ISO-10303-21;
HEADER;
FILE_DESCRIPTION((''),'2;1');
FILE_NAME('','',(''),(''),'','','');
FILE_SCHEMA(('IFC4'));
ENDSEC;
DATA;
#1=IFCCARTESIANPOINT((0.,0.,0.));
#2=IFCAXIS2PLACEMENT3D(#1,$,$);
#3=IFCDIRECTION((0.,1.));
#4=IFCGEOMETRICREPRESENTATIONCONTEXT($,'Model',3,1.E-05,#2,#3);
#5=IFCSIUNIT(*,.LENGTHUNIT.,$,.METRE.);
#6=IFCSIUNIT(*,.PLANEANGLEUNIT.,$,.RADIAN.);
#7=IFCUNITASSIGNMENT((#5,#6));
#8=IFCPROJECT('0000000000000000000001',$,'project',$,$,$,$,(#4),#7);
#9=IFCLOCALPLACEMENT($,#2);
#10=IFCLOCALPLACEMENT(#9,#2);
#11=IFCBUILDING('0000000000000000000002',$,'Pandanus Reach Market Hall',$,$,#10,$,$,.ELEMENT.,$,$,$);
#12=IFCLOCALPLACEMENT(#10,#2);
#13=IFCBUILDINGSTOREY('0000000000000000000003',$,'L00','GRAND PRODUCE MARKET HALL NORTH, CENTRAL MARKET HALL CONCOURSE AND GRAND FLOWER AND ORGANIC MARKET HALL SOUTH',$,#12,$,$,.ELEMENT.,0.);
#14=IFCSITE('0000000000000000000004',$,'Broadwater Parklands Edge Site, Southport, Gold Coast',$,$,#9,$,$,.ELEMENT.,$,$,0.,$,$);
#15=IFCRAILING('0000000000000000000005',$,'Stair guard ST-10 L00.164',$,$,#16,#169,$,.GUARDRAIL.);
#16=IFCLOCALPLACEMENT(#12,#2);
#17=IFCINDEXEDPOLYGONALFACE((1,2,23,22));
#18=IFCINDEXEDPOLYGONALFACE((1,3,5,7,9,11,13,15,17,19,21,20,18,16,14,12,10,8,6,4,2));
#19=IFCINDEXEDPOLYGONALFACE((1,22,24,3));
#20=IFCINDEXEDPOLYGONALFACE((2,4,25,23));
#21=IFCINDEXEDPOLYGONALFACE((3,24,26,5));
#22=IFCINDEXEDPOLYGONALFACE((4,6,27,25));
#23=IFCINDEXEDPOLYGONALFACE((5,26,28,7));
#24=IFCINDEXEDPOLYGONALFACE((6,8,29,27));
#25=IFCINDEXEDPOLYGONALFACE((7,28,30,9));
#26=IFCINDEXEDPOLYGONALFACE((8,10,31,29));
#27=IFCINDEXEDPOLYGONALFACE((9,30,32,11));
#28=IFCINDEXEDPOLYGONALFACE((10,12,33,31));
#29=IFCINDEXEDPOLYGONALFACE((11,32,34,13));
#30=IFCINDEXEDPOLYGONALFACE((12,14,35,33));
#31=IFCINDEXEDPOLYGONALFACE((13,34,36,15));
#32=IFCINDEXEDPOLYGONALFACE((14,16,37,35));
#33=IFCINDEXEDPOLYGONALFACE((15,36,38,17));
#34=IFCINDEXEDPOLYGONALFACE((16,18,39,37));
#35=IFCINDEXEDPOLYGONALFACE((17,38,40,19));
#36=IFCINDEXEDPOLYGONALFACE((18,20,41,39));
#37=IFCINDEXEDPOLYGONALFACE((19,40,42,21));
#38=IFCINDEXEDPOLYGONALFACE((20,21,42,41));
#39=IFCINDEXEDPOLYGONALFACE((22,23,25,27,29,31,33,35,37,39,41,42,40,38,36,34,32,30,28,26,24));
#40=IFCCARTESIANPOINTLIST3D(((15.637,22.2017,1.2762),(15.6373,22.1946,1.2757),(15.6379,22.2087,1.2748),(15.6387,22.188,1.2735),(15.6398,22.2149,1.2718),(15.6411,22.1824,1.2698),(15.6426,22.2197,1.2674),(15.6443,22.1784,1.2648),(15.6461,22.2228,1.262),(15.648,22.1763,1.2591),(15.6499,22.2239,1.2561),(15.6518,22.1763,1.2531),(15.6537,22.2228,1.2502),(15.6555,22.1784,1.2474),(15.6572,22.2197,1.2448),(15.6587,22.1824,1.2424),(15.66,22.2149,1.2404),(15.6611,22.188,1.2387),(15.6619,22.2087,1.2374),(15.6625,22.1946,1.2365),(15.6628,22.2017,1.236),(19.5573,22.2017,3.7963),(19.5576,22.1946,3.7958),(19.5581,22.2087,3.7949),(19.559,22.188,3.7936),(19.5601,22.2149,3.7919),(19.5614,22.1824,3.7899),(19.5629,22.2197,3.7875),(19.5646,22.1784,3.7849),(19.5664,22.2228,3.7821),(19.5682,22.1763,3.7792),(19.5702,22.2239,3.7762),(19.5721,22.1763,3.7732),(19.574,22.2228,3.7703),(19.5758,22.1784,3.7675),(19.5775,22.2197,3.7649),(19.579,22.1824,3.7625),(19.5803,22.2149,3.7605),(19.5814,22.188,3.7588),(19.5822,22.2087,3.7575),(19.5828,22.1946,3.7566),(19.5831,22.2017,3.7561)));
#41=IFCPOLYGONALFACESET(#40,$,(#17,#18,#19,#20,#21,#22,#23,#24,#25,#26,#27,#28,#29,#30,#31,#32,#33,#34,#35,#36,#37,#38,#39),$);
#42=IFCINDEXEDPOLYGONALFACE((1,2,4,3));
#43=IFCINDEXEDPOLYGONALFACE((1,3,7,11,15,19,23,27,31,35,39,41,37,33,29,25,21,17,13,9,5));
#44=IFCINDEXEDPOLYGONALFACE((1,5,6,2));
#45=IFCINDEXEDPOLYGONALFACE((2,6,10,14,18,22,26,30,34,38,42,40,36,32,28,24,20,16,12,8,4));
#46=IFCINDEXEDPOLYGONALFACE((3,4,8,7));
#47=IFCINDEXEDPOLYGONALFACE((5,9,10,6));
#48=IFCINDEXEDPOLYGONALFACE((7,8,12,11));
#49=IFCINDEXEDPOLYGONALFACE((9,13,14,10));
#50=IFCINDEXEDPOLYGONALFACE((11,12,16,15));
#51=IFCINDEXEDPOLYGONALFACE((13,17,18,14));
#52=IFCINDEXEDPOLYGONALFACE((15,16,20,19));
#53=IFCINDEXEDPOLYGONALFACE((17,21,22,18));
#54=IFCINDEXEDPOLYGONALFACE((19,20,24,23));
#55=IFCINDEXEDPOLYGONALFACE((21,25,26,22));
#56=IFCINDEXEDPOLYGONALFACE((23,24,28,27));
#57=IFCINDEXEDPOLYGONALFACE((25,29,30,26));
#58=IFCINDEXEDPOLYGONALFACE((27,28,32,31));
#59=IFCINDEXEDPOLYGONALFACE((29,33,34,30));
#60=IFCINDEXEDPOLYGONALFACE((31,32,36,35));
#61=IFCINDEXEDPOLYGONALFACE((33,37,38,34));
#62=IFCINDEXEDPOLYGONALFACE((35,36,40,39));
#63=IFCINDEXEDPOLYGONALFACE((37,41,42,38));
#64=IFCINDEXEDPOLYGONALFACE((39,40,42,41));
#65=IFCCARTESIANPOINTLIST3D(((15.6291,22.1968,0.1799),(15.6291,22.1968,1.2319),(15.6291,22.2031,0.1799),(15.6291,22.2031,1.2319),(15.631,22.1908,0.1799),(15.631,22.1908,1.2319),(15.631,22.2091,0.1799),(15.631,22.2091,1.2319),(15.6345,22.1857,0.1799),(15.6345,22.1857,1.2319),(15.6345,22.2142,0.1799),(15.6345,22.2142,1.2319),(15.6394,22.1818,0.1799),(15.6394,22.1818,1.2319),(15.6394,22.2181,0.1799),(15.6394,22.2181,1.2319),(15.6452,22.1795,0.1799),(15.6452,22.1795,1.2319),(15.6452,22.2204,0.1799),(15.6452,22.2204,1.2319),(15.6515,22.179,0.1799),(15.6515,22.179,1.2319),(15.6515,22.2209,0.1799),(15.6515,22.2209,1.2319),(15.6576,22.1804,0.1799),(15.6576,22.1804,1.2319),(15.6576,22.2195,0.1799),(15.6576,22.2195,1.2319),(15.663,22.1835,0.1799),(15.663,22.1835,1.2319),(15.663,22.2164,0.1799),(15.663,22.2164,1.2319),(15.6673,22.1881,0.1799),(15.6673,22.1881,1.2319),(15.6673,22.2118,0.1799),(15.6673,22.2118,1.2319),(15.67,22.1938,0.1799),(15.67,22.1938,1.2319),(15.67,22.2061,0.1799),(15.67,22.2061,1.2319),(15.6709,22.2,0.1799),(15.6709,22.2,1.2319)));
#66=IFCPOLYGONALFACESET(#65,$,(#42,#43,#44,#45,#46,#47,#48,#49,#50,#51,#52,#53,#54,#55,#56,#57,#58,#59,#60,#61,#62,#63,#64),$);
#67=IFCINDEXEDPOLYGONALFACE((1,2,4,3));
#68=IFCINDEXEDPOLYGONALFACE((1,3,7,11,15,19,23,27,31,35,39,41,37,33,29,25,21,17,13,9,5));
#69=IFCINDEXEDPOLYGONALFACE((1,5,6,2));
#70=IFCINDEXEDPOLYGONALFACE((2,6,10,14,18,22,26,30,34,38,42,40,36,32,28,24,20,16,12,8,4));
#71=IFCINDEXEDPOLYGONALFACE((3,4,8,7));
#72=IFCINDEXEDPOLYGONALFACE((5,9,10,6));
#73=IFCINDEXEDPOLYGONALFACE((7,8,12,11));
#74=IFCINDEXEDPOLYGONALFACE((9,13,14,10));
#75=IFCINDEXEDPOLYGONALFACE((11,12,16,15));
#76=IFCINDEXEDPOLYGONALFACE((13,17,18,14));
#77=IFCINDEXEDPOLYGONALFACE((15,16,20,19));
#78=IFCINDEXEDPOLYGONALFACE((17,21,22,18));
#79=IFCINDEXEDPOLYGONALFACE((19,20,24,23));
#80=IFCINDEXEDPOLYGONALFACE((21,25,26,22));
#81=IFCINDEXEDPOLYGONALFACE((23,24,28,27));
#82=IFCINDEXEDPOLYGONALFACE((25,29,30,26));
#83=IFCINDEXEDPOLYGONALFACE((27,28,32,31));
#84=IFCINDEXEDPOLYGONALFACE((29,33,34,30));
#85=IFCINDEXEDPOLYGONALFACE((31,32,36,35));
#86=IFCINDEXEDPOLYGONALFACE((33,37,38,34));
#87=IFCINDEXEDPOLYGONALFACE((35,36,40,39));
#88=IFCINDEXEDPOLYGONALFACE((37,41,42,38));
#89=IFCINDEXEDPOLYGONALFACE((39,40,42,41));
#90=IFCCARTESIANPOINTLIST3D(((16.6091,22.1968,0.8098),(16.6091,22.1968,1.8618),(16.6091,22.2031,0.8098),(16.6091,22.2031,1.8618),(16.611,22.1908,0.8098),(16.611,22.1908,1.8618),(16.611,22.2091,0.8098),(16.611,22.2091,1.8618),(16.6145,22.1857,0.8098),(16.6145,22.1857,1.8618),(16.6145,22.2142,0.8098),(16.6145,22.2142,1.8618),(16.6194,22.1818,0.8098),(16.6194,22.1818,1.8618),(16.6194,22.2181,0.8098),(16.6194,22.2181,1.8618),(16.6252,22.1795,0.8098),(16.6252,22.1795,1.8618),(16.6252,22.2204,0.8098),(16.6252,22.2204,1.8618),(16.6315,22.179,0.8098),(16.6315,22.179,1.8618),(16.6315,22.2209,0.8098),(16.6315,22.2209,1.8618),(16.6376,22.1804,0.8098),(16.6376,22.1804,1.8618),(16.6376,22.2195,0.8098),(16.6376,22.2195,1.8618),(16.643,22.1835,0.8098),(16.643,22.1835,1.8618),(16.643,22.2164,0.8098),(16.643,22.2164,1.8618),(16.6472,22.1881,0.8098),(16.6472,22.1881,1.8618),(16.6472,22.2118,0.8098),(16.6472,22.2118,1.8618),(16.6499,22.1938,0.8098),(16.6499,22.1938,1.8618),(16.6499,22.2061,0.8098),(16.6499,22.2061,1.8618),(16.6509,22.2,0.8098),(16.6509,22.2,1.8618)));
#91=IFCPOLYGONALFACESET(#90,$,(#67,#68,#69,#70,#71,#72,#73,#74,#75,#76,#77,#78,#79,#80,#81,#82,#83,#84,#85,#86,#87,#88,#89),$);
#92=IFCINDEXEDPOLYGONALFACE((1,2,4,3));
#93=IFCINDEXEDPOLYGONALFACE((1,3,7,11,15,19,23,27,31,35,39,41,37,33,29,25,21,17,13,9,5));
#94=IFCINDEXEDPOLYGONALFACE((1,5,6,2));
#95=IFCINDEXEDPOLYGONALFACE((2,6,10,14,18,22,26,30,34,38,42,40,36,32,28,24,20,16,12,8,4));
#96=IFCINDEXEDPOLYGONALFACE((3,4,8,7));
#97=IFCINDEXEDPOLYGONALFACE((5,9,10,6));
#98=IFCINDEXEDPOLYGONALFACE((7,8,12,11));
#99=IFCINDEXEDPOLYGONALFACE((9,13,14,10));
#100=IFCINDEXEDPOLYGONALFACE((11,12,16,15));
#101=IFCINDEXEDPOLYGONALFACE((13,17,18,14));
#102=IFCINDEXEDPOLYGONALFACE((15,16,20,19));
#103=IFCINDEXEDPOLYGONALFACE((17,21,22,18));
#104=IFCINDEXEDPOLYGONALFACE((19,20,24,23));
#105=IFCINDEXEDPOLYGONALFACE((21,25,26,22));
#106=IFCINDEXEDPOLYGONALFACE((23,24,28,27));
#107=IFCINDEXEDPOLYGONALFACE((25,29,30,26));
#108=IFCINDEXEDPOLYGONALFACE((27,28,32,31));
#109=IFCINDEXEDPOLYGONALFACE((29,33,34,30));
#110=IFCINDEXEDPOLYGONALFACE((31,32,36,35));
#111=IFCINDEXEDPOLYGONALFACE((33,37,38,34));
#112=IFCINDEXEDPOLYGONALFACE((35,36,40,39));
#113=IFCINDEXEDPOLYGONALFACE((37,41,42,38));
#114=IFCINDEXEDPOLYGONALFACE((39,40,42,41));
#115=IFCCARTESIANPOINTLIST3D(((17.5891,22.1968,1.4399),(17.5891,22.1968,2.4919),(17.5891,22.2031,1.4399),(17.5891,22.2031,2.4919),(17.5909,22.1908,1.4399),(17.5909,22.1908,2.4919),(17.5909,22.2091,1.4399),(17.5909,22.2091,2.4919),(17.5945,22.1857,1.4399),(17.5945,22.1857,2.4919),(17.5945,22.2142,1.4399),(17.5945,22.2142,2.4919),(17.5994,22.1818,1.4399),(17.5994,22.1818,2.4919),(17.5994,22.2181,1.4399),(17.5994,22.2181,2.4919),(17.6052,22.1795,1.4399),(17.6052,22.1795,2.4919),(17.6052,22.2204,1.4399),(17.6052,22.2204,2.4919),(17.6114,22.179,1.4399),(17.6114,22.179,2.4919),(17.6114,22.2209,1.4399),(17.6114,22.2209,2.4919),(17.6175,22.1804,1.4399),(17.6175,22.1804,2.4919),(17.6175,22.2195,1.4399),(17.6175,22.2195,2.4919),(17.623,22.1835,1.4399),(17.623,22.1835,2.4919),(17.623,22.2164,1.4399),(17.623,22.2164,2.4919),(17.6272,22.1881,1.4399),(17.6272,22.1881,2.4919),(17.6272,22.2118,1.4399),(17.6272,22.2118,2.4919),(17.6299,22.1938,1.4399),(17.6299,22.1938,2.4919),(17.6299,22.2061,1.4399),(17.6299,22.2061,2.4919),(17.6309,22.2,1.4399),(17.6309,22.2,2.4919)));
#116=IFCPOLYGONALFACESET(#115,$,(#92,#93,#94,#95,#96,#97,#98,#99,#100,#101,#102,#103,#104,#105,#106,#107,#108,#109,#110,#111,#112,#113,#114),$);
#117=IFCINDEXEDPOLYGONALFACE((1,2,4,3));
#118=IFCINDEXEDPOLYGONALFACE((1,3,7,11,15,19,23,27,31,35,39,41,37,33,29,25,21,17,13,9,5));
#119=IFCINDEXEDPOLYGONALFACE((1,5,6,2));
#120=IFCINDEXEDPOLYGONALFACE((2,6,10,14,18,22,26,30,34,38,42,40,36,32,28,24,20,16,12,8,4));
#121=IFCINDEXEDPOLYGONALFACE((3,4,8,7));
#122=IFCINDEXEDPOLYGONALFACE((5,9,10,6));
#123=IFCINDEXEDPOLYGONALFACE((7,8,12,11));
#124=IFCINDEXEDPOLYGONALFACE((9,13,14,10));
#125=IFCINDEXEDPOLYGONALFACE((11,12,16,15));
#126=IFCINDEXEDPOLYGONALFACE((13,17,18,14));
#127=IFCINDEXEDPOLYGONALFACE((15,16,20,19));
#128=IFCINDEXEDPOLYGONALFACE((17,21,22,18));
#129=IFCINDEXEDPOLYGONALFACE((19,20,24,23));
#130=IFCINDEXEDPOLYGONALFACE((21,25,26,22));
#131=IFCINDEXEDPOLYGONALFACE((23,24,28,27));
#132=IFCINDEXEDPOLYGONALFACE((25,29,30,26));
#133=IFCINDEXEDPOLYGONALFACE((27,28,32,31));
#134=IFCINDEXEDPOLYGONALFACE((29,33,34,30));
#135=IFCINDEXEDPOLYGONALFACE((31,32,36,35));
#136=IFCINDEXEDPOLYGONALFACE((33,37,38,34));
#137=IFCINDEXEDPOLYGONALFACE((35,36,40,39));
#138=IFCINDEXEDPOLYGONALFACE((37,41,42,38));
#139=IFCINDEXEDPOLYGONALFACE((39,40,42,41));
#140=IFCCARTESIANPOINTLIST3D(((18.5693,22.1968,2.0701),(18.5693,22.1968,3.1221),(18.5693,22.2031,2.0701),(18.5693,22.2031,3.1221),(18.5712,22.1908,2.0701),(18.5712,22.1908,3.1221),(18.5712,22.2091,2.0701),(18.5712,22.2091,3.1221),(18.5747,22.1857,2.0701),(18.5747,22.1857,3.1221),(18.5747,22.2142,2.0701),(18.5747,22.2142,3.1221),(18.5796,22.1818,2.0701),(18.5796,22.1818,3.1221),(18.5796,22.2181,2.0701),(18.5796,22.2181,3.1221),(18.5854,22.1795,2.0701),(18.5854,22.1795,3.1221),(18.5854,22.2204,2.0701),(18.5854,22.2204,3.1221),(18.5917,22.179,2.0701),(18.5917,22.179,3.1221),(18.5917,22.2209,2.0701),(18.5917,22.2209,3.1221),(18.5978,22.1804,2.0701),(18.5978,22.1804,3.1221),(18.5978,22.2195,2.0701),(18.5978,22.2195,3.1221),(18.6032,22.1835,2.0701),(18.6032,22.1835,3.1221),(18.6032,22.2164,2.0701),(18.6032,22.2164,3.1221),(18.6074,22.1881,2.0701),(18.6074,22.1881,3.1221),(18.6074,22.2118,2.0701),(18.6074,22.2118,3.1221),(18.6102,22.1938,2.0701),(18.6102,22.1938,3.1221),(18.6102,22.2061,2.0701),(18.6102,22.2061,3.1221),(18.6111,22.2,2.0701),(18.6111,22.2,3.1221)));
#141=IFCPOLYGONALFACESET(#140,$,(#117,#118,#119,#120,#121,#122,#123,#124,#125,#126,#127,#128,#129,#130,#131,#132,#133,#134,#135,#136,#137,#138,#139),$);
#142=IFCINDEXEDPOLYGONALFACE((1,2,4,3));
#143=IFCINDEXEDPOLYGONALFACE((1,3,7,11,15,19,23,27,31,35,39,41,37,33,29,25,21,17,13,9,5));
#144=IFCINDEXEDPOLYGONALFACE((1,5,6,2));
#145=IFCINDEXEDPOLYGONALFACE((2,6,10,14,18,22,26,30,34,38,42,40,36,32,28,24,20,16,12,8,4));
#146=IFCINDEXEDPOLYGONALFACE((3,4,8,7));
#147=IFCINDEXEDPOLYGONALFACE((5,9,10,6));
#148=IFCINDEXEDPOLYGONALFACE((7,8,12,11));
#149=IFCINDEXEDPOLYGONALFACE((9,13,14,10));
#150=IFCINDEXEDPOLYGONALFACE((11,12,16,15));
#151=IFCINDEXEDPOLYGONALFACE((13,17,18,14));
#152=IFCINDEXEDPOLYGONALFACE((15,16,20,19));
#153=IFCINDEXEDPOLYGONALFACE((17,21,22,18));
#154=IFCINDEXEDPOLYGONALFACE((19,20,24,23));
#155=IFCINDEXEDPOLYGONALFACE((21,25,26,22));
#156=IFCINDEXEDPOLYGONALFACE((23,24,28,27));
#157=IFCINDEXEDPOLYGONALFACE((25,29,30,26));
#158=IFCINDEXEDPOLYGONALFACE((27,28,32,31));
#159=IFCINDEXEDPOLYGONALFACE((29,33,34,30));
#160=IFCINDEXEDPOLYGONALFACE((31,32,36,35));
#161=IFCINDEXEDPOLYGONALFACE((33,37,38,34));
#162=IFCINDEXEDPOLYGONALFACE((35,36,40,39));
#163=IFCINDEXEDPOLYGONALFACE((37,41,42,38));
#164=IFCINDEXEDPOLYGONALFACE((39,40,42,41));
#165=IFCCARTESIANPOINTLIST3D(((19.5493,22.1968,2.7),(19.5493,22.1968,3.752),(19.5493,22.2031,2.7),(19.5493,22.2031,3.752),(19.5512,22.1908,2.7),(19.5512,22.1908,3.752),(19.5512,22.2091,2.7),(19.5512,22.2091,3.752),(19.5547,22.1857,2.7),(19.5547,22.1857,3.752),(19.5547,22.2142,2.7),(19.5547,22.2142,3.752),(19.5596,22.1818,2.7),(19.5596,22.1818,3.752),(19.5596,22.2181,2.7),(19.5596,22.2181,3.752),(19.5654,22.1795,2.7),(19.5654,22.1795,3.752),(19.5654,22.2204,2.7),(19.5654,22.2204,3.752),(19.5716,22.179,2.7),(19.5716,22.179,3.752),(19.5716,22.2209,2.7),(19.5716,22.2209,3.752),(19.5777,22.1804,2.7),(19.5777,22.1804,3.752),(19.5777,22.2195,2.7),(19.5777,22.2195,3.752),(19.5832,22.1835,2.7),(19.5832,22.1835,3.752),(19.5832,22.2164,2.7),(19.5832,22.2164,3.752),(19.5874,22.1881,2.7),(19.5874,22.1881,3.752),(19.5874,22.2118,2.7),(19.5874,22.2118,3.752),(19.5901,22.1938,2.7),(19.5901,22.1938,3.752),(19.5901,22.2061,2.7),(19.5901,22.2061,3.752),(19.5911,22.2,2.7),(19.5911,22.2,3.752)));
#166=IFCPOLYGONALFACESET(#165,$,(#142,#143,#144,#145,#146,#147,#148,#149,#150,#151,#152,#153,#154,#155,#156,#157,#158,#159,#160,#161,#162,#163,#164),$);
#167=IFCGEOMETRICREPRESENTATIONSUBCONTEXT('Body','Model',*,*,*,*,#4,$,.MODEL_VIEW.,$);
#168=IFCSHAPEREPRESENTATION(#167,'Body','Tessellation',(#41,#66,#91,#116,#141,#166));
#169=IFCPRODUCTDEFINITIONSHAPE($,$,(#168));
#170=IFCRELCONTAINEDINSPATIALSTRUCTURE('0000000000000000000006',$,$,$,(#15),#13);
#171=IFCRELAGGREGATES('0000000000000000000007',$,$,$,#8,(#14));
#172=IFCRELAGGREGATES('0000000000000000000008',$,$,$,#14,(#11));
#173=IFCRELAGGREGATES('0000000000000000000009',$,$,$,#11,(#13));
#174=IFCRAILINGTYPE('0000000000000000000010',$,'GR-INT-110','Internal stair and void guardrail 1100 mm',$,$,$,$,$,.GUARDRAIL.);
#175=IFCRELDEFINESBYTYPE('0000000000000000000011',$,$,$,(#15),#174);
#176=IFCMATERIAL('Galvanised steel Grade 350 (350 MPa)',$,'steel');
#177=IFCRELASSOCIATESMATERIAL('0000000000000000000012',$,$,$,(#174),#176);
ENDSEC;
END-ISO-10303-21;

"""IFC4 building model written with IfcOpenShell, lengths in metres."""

from ifc_helpers import new_model, si_unit, direction, frame, origin, origin_2d, place, context, subcontext, project, spatial, circle, extrude, material, type_object, element, save


model = new_model("IFC4")

# Units and contexts
model_context = context("Model", 3, precision=1e-05, world=origin(), true_north=direction((0.0, 1.0)))
body_context = subcontext(model_context, "Body", "Model", "MODEL_VIEW")
ifc_project = project(units=[si_unit("LENGTHUNIT", "METRE"), si_unit("PLANEANGLEUNIT", "RADIAN")], contexts=[model_context])

# Site, building, storey
site_placement = place(None, origin())
site = spatial("IfcSite", under=ifc_project, at=site_placement, Name="Broadwater Parklands Edge Site, Southport, Gold Coast", CompositionType="ELEMENT", RefElevation=0.0)
building_placement = place(site_placement, origin())
building = spatial("IfcBuilding", under=site, at=building_placement, Name="Pandanus Reach Market Hall", CompositionType="ELEMENT")
storey_placement = place(building_placement, origin())
storey = spatial("IfcBuildingStorey", under=building, at=storey_placement, Name="L00", Description="GRAND PRODUCE MARKET HALL NORTH, CENTRAL MARKET HALL CONCOURSE AND GRAND FLOWER AND ORGANIC MARKET HALL SOUTH", CompositionType="ELEMENT", Elevation=0.0)

# Railing
ifc_material_1 = material(Name="Galvanised steel Grade 350 (350 MPa)", Category="steel")
railing_type_1 = type_object("IfcRailingType", Name="GR-INT-110", Description="Internal stair and void guardrail 1100 mm", PredefinedType="GUARDRAIL", material=ifc_material_1)
railing_1_placement = place(storey_placement, frame((15.6499, 22.2, 0.1799)))
element("IfcRailing", 1, at=railing_1_placement, inside=storey, type_object=railing_type_1, Name="Stair guard ST-10 L00.164", PredefinedType="GUARDRAIL", context=body_context, shape_type="SweptSolid", body=[
    extrude(circle(Radius=0.0239, at=origin_2d()), frame((0.0, 0.0, 1.0762), z_axis=(0.841187, 0.0, 0.540744), x_axis=(0.0, 1.0, 0.0)), (0.0, 0.0, 1.0), 4.6604),
    extrude(circle(Radius=0.021, at=origin_2d()), origin(), (0.0, 0.0, 1.0), 1.052),
    extrude(circle(Radius=0.021, at=origin_2d()), frame((0.98, 0.0, 0.6299)), (0.0, 0.0, 1.0), 1.052),
    extrude(circle(Radius=0.021, at=origin_2d()), frame((1.96, 0.0, 1.26)), (0.0, 0.0, 1.0), 1.052),
    extrude(circle(Radius=0.021, at=origin_2d()), frame((2.9402, 0.0, 1.8901)), (0.0, 0.0, 1.0), 1.052),
    extrude(circle(Radius=0.021, at=origin_2d()), frame((3.9202, 0.0, 2.52)), (0.0, 0.0, 1.0), 1.052),
])

save(model, "model.ifc")
